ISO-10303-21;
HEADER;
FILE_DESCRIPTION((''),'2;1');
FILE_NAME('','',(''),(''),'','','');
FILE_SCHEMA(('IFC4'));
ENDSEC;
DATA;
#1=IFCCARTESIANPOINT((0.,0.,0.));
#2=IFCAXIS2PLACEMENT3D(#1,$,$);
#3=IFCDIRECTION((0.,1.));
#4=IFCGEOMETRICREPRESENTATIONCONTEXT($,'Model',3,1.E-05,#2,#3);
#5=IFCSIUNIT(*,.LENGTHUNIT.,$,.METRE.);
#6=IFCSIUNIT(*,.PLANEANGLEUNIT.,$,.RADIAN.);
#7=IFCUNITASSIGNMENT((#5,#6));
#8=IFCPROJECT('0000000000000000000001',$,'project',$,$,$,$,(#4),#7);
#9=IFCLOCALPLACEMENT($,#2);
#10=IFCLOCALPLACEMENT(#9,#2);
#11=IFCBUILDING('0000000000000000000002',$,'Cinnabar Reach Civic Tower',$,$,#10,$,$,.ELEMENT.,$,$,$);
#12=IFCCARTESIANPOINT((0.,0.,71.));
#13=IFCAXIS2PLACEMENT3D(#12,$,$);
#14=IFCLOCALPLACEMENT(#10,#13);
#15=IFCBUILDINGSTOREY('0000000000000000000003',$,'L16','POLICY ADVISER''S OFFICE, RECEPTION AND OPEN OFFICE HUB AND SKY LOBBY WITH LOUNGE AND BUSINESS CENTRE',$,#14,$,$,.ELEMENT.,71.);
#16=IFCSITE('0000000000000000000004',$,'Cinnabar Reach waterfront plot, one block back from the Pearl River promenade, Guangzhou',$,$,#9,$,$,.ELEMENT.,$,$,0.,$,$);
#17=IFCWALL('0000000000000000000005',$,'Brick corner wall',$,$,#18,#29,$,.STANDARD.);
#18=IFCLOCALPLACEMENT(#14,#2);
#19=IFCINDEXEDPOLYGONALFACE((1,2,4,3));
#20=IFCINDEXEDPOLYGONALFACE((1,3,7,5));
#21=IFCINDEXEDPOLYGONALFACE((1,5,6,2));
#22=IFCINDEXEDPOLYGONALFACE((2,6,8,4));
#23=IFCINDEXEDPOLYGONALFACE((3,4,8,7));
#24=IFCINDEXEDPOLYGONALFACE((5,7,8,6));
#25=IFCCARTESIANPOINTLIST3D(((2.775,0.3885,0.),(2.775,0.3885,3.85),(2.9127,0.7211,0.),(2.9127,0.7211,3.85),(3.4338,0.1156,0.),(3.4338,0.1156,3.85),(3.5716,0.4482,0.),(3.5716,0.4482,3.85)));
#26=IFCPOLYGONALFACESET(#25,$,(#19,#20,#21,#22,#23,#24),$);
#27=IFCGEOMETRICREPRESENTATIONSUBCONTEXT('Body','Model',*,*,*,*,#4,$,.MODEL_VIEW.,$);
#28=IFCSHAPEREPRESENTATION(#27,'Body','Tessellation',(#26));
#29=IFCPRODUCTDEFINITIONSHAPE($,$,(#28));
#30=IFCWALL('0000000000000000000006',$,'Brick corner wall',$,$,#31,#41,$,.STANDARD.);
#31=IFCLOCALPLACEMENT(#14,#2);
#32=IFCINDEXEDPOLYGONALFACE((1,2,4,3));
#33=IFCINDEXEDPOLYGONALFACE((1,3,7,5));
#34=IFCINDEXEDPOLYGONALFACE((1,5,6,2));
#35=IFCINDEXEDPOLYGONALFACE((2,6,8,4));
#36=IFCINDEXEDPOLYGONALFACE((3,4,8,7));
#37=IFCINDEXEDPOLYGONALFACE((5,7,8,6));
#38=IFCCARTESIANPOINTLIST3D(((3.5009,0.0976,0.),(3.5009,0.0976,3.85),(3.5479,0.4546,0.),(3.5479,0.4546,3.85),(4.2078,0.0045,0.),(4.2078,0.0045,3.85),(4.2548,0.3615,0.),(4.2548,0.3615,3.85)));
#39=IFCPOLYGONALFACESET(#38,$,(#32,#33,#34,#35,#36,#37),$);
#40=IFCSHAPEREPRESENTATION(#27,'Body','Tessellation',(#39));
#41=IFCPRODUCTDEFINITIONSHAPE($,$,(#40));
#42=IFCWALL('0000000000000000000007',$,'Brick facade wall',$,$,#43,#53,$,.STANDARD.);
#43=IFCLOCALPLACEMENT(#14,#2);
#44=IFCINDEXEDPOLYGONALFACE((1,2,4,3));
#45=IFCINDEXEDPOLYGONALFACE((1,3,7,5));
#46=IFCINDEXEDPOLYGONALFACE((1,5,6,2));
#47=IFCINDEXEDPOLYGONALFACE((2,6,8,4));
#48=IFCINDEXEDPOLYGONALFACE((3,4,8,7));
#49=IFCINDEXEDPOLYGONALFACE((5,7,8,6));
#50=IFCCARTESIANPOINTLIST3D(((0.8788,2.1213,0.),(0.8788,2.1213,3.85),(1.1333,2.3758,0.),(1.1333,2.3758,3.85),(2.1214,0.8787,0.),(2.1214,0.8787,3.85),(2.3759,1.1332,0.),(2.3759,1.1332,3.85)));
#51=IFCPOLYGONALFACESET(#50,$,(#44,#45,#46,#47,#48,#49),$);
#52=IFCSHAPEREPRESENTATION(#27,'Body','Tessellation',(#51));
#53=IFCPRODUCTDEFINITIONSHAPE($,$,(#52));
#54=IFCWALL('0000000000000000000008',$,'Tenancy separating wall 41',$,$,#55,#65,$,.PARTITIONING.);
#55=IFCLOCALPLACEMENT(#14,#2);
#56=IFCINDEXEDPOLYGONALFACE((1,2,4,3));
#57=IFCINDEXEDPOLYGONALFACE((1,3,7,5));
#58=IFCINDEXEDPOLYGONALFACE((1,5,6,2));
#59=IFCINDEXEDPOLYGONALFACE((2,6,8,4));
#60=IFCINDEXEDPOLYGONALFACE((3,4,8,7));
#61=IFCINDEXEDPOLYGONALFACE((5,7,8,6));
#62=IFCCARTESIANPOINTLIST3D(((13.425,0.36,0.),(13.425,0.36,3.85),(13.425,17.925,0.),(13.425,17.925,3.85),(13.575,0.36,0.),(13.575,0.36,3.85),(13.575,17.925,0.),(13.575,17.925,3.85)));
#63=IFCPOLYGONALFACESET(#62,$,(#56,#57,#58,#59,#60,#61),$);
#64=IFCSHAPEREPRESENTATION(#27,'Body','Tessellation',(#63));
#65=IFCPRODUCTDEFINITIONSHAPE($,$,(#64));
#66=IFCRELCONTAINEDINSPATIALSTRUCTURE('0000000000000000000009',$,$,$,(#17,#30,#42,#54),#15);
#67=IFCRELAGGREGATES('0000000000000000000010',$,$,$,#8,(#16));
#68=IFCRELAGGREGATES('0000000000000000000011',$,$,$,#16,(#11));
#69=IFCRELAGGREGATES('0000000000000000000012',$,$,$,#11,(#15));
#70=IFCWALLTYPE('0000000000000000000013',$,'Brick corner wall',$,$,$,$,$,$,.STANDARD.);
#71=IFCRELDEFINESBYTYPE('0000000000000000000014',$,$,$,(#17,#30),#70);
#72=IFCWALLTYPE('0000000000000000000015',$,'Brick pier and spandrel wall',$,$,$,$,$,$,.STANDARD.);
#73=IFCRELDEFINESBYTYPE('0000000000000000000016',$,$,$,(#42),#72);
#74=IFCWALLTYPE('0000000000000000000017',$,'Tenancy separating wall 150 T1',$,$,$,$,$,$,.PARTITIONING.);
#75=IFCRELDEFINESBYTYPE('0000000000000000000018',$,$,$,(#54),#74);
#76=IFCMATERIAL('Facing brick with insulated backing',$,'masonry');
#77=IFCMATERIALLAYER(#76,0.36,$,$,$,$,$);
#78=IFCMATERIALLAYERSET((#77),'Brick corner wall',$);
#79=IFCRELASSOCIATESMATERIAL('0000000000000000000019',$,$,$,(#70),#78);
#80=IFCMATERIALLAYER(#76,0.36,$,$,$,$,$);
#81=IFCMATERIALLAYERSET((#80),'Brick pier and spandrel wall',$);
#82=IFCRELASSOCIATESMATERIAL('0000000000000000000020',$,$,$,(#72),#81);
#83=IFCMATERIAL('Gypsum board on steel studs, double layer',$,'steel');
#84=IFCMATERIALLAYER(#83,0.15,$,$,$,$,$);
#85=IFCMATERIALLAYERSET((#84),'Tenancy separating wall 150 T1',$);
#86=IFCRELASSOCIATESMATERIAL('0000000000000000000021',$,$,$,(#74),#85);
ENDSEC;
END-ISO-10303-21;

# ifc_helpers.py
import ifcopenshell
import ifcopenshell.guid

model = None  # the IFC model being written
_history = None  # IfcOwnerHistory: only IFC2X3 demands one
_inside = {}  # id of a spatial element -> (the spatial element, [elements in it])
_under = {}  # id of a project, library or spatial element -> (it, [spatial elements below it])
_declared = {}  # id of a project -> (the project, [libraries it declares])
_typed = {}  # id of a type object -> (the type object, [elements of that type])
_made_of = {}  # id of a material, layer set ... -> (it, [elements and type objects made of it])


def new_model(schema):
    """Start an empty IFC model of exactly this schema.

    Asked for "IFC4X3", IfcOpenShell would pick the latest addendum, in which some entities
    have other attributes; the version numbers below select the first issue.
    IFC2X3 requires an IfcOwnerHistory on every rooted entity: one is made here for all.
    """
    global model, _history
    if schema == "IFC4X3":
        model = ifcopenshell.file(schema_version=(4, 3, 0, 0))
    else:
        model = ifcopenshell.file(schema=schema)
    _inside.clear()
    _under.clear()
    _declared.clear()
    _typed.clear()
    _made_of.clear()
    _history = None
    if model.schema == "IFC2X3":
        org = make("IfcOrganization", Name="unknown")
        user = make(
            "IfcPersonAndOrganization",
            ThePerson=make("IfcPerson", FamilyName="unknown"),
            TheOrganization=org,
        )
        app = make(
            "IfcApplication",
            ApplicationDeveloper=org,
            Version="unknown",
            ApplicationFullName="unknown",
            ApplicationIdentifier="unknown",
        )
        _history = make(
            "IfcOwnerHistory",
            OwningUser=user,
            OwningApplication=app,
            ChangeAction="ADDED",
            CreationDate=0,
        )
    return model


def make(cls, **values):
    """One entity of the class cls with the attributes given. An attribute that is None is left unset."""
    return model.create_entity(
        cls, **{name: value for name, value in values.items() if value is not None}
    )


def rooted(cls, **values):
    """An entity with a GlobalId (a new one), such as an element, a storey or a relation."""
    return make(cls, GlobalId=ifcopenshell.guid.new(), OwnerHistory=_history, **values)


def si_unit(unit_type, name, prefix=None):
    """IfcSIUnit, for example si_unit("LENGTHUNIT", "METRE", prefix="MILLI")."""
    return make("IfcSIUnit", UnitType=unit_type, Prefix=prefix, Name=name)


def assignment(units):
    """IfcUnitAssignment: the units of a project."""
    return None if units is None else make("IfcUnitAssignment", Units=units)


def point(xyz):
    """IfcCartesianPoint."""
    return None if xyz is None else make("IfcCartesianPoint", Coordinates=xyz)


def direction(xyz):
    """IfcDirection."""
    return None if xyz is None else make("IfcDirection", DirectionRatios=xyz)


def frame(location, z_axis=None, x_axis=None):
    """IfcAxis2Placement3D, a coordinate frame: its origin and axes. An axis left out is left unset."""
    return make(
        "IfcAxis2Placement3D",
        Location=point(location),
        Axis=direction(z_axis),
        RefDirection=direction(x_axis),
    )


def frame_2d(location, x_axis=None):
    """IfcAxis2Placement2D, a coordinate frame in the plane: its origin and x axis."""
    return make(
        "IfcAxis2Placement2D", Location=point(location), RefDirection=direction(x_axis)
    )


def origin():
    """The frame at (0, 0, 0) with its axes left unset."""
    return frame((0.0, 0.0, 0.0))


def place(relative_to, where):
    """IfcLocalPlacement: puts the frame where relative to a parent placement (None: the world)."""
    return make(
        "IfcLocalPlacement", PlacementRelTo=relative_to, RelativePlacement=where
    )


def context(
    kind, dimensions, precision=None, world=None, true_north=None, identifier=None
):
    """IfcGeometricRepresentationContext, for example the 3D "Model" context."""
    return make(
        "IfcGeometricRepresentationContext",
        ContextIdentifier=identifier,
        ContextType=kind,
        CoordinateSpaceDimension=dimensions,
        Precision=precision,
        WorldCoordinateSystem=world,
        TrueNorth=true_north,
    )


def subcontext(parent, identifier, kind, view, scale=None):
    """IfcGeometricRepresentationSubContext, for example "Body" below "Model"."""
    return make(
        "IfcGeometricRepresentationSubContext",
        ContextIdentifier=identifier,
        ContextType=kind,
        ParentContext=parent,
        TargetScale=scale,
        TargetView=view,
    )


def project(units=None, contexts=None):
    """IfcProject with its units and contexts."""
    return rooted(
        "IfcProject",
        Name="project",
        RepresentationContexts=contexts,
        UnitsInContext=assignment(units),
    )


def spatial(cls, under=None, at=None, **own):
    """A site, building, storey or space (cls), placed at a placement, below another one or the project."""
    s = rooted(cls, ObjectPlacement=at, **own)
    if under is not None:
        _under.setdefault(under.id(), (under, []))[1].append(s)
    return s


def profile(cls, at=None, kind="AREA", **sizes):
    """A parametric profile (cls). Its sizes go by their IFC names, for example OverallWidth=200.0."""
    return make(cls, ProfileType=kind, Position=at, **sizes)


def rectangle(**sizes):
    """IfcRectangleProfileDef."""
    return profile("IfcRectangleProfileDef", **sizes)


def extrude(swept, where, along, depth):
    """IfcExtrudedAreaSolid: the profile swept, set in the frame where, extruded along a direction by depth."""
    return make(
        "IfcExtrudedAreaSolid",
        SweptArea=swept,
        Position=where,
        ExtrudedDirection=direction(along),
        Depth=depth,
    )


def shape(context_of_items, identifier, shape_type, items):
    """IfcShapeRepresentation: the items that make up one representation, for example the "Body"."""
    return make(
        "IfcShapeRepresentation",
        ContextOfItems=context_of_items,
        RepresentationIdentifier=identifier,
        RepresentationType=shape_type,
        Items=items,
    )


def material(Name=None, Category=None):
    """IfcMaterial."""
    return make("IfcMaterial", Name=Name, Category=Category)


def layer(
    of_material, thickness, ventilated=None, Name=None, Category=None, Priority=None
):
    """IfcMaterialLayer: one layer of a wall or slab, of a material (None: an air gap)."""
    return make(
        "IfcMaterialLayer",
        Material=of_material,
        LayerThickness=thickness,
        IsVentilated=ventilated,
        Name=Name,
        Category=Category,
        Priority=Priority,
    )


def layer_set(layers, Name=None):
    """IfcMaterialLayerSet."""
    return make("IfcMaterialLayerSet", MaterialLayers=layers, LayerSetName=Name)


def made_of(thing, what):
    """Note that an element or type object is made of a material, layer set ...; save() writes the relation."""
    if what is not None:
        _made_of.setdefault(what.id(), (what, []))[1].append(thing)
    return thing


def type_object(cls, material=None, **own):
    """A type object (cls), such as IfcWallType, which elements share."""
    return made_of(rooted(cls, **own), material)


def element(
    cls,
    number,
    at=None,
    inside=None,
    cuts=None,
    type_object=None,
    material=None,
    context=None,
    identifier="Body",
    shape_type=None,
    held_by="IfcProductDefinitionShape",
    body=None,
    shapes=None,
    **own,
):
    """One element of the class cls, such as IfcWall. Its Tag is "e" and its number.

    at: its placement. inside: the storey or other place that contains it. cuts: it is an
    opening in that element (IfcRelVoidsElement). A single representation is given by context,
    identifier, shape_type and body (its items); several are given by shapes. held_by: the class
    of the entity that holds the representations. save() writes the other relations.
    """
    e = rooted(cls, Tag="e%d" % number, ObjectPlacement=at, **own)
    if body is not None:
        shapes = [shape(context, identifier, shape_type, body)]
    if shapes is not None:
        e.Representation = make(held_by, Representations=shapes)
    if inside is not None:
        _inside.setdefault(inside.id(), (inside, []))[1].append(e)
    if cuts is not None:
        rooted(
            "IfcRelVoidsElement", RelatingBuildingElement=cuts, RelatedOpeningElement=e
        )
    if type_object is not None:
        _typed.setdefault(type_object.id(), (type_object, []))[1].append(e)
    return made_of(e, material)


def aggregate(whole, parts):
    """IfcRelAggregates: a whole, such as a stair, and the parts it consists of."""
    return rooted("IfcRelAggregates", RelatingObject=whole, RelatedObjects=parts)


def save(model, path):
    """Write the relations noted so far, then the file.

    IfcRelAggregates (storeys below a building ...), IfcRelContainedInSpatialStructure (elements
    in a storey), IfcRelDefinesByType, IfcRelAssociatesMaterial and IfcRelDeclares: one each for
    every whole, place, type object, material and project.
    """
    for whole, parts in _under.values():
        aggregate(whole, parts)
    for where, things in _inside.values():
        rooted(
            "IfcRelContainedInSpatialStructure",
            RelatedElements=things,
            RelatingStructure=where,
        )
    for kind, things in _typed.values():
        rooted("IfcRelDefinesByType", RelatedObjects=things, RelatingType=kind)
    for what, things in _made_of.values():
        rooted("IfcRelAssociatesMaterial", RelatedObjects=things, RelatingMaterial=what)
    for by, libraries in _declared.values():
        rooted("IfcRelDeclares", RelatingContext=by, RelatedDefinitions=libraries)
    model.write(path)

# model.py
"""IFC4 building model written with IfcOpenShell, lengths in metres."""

from ifc_helpers import new_model, si_unit, direction, frame, frame_2d, origin, place, context, subcontext, project, spatial, rectangle, extrude, material, layer, layer_set, type_object, element, save


model = new_model("IFC4")

# Units and contexts
model_context = context("Model", 3, precision=1e-05, world=origin(), true_north=direction((0.0, 1.0)))
body_context = subcontext(model_context, "Body", "Model", "MODEL_VIEW")
ifc_project = project(units=[si_unit("LENGTHUNIT", "METRE"), si_unit("PLANEANGLEUNIT", "RADIAN")], contexts=[model_context])

# Site, building, storey
site_placement = place(None, origin())
site = spatial("IfcSite", under=ifc_project, at=site_placement, Name="Cinnabar Reach waterfront plot, one block back from the Pearl River promenade, Guangzhou", CompositionType="ELEMENT", RefElevation=0.0)
building_placement = place(site_placement, origin())
building = spatial("IfcBuilding", under=site, at=building_placement, Name="Cinnabar Reach Civic Tower", CompositionType="ELEMENT")
storey_placement = place(building_placement, frame((0.0, 0.0, 71.0)))
storey = spatial("IfcBuildingStorey", under=building, at=storey_placement, Name="L16", Description="POLICY ADVISER'S OFFICE, RECEPTION AND OPEN OFFICE HUB AND SKY LOBBY WITH LOUNGE AND BUSINESS CENTRE", CompositionType="ELEMENT", Elevation=71.0)

# Walls
ifc_material_1 = material(Name="Facing brick with insulated backing", Category="masonry")
ifc_layer_1 = layer(ifc_material_1, 0.36)
ifc_layer_set_1 = layer_set([ifc_layer_1], Name="Brick corner wall")
wall_type_1 = type_object("IfcWallType", Name="Brick corner wall", PredefinedType="STANDARD", material=ifc_layer_set_1)
for number, where, z_axis, x_axis, name in (
    (1, (2.8439, 0.5548, 0.0), (0.0, 0.0, 1.0), (0.923872, -0.382703, 0.0), "Brick corner wall"),
    (2, (3.5244, 0.2761, 0.0), (0.0, 0.0, 1.0), (0.991441, -0.130556, 0.0), "Brick corner wall"),
):
    element("IfcWall", number, at=place(storey_placement, frame(where, z_axis=z_axis, x_axis=x_axis)), inside=storey, type_object=wall_type_1, Name=name, PredefinedType="STANDARD", context=body_context, shape_type="SweptSolid", body=[
        extrude(rectangle(XDim=0.7131, YDim=0.36, at=frame_2d((0.3565, 0.0))), origin(), (0.0, 0.0, 1.0), 3.85),
    ])

# Shared definitions
ifc_layer_2 = layer(ifc_material_1, 0.36)
ifc_layer_set_2 = layer_set([ifc_layer_2], Name="Brick pier and spandrel wall")
wall_type_2 = type_object("IfcWallType", Name="Brick pier and spandrel wall", PredefinedType="STANDARD", material=ifc_layer_set_2)

# Walls
wall_1_placement = place(storey_placement, frame((1.006, 2.2486, 0.0), z_axis=(0.0, 0.0, 1.0), x_axis=(0.707107, -0.707107, 0.0)))
element("IfcWall", 3, at=wall_1_placement, inside=storey, type_object=wall_type_2, Name="Brick facade wall", PredefinedType="STANDARD", context=body_context, shape_type="SweptSolid", body=[
    extrude(rectangle(XDim=1.7573, YDim=0.36, at=frame_2d((0.8787, 0.0))), origin(), (0.0, 0.0, 1.0), 3.85),
])
ifc_material_2 = material(Name="Gypsum board on steel studs, double layer", Category="steel")
ifc_layer_3 = layer(ifc_material_2, 0.15)
ifc_layer_set_3 = layer_set([ifc_layer_3], Name="Tenancy separating wall 150 T1")
wall_type_3 = type_object("IfcWallType", Name="Tenancy separating wall 150 T1", PredefinedType="PARTITIONING", material=ifc_layer_set_3)
wall_2_placement = place(storey_placement, frame((13.5, 0.36, 0.0), z_axis=(0.0, 0.0, 1.0), x_axis=(0.0, 1.0, 0.0)))
element("IfcWall", 4, at=wall_2_placement, inside=storey, type_object=wall_type_3, Name="Tenancy separating wall 41", PredefinedType="PARTITIONING", context=body_context, shape_type="SweptSolid", body=[
    extrude(rectangle(XDim=17.565, YDim=0.15, at=frame_2d((8.7825, 0.0))), origin(), (0.0, 0.0, 1.0), 3.85),
])

save(model, "model.ifc")
